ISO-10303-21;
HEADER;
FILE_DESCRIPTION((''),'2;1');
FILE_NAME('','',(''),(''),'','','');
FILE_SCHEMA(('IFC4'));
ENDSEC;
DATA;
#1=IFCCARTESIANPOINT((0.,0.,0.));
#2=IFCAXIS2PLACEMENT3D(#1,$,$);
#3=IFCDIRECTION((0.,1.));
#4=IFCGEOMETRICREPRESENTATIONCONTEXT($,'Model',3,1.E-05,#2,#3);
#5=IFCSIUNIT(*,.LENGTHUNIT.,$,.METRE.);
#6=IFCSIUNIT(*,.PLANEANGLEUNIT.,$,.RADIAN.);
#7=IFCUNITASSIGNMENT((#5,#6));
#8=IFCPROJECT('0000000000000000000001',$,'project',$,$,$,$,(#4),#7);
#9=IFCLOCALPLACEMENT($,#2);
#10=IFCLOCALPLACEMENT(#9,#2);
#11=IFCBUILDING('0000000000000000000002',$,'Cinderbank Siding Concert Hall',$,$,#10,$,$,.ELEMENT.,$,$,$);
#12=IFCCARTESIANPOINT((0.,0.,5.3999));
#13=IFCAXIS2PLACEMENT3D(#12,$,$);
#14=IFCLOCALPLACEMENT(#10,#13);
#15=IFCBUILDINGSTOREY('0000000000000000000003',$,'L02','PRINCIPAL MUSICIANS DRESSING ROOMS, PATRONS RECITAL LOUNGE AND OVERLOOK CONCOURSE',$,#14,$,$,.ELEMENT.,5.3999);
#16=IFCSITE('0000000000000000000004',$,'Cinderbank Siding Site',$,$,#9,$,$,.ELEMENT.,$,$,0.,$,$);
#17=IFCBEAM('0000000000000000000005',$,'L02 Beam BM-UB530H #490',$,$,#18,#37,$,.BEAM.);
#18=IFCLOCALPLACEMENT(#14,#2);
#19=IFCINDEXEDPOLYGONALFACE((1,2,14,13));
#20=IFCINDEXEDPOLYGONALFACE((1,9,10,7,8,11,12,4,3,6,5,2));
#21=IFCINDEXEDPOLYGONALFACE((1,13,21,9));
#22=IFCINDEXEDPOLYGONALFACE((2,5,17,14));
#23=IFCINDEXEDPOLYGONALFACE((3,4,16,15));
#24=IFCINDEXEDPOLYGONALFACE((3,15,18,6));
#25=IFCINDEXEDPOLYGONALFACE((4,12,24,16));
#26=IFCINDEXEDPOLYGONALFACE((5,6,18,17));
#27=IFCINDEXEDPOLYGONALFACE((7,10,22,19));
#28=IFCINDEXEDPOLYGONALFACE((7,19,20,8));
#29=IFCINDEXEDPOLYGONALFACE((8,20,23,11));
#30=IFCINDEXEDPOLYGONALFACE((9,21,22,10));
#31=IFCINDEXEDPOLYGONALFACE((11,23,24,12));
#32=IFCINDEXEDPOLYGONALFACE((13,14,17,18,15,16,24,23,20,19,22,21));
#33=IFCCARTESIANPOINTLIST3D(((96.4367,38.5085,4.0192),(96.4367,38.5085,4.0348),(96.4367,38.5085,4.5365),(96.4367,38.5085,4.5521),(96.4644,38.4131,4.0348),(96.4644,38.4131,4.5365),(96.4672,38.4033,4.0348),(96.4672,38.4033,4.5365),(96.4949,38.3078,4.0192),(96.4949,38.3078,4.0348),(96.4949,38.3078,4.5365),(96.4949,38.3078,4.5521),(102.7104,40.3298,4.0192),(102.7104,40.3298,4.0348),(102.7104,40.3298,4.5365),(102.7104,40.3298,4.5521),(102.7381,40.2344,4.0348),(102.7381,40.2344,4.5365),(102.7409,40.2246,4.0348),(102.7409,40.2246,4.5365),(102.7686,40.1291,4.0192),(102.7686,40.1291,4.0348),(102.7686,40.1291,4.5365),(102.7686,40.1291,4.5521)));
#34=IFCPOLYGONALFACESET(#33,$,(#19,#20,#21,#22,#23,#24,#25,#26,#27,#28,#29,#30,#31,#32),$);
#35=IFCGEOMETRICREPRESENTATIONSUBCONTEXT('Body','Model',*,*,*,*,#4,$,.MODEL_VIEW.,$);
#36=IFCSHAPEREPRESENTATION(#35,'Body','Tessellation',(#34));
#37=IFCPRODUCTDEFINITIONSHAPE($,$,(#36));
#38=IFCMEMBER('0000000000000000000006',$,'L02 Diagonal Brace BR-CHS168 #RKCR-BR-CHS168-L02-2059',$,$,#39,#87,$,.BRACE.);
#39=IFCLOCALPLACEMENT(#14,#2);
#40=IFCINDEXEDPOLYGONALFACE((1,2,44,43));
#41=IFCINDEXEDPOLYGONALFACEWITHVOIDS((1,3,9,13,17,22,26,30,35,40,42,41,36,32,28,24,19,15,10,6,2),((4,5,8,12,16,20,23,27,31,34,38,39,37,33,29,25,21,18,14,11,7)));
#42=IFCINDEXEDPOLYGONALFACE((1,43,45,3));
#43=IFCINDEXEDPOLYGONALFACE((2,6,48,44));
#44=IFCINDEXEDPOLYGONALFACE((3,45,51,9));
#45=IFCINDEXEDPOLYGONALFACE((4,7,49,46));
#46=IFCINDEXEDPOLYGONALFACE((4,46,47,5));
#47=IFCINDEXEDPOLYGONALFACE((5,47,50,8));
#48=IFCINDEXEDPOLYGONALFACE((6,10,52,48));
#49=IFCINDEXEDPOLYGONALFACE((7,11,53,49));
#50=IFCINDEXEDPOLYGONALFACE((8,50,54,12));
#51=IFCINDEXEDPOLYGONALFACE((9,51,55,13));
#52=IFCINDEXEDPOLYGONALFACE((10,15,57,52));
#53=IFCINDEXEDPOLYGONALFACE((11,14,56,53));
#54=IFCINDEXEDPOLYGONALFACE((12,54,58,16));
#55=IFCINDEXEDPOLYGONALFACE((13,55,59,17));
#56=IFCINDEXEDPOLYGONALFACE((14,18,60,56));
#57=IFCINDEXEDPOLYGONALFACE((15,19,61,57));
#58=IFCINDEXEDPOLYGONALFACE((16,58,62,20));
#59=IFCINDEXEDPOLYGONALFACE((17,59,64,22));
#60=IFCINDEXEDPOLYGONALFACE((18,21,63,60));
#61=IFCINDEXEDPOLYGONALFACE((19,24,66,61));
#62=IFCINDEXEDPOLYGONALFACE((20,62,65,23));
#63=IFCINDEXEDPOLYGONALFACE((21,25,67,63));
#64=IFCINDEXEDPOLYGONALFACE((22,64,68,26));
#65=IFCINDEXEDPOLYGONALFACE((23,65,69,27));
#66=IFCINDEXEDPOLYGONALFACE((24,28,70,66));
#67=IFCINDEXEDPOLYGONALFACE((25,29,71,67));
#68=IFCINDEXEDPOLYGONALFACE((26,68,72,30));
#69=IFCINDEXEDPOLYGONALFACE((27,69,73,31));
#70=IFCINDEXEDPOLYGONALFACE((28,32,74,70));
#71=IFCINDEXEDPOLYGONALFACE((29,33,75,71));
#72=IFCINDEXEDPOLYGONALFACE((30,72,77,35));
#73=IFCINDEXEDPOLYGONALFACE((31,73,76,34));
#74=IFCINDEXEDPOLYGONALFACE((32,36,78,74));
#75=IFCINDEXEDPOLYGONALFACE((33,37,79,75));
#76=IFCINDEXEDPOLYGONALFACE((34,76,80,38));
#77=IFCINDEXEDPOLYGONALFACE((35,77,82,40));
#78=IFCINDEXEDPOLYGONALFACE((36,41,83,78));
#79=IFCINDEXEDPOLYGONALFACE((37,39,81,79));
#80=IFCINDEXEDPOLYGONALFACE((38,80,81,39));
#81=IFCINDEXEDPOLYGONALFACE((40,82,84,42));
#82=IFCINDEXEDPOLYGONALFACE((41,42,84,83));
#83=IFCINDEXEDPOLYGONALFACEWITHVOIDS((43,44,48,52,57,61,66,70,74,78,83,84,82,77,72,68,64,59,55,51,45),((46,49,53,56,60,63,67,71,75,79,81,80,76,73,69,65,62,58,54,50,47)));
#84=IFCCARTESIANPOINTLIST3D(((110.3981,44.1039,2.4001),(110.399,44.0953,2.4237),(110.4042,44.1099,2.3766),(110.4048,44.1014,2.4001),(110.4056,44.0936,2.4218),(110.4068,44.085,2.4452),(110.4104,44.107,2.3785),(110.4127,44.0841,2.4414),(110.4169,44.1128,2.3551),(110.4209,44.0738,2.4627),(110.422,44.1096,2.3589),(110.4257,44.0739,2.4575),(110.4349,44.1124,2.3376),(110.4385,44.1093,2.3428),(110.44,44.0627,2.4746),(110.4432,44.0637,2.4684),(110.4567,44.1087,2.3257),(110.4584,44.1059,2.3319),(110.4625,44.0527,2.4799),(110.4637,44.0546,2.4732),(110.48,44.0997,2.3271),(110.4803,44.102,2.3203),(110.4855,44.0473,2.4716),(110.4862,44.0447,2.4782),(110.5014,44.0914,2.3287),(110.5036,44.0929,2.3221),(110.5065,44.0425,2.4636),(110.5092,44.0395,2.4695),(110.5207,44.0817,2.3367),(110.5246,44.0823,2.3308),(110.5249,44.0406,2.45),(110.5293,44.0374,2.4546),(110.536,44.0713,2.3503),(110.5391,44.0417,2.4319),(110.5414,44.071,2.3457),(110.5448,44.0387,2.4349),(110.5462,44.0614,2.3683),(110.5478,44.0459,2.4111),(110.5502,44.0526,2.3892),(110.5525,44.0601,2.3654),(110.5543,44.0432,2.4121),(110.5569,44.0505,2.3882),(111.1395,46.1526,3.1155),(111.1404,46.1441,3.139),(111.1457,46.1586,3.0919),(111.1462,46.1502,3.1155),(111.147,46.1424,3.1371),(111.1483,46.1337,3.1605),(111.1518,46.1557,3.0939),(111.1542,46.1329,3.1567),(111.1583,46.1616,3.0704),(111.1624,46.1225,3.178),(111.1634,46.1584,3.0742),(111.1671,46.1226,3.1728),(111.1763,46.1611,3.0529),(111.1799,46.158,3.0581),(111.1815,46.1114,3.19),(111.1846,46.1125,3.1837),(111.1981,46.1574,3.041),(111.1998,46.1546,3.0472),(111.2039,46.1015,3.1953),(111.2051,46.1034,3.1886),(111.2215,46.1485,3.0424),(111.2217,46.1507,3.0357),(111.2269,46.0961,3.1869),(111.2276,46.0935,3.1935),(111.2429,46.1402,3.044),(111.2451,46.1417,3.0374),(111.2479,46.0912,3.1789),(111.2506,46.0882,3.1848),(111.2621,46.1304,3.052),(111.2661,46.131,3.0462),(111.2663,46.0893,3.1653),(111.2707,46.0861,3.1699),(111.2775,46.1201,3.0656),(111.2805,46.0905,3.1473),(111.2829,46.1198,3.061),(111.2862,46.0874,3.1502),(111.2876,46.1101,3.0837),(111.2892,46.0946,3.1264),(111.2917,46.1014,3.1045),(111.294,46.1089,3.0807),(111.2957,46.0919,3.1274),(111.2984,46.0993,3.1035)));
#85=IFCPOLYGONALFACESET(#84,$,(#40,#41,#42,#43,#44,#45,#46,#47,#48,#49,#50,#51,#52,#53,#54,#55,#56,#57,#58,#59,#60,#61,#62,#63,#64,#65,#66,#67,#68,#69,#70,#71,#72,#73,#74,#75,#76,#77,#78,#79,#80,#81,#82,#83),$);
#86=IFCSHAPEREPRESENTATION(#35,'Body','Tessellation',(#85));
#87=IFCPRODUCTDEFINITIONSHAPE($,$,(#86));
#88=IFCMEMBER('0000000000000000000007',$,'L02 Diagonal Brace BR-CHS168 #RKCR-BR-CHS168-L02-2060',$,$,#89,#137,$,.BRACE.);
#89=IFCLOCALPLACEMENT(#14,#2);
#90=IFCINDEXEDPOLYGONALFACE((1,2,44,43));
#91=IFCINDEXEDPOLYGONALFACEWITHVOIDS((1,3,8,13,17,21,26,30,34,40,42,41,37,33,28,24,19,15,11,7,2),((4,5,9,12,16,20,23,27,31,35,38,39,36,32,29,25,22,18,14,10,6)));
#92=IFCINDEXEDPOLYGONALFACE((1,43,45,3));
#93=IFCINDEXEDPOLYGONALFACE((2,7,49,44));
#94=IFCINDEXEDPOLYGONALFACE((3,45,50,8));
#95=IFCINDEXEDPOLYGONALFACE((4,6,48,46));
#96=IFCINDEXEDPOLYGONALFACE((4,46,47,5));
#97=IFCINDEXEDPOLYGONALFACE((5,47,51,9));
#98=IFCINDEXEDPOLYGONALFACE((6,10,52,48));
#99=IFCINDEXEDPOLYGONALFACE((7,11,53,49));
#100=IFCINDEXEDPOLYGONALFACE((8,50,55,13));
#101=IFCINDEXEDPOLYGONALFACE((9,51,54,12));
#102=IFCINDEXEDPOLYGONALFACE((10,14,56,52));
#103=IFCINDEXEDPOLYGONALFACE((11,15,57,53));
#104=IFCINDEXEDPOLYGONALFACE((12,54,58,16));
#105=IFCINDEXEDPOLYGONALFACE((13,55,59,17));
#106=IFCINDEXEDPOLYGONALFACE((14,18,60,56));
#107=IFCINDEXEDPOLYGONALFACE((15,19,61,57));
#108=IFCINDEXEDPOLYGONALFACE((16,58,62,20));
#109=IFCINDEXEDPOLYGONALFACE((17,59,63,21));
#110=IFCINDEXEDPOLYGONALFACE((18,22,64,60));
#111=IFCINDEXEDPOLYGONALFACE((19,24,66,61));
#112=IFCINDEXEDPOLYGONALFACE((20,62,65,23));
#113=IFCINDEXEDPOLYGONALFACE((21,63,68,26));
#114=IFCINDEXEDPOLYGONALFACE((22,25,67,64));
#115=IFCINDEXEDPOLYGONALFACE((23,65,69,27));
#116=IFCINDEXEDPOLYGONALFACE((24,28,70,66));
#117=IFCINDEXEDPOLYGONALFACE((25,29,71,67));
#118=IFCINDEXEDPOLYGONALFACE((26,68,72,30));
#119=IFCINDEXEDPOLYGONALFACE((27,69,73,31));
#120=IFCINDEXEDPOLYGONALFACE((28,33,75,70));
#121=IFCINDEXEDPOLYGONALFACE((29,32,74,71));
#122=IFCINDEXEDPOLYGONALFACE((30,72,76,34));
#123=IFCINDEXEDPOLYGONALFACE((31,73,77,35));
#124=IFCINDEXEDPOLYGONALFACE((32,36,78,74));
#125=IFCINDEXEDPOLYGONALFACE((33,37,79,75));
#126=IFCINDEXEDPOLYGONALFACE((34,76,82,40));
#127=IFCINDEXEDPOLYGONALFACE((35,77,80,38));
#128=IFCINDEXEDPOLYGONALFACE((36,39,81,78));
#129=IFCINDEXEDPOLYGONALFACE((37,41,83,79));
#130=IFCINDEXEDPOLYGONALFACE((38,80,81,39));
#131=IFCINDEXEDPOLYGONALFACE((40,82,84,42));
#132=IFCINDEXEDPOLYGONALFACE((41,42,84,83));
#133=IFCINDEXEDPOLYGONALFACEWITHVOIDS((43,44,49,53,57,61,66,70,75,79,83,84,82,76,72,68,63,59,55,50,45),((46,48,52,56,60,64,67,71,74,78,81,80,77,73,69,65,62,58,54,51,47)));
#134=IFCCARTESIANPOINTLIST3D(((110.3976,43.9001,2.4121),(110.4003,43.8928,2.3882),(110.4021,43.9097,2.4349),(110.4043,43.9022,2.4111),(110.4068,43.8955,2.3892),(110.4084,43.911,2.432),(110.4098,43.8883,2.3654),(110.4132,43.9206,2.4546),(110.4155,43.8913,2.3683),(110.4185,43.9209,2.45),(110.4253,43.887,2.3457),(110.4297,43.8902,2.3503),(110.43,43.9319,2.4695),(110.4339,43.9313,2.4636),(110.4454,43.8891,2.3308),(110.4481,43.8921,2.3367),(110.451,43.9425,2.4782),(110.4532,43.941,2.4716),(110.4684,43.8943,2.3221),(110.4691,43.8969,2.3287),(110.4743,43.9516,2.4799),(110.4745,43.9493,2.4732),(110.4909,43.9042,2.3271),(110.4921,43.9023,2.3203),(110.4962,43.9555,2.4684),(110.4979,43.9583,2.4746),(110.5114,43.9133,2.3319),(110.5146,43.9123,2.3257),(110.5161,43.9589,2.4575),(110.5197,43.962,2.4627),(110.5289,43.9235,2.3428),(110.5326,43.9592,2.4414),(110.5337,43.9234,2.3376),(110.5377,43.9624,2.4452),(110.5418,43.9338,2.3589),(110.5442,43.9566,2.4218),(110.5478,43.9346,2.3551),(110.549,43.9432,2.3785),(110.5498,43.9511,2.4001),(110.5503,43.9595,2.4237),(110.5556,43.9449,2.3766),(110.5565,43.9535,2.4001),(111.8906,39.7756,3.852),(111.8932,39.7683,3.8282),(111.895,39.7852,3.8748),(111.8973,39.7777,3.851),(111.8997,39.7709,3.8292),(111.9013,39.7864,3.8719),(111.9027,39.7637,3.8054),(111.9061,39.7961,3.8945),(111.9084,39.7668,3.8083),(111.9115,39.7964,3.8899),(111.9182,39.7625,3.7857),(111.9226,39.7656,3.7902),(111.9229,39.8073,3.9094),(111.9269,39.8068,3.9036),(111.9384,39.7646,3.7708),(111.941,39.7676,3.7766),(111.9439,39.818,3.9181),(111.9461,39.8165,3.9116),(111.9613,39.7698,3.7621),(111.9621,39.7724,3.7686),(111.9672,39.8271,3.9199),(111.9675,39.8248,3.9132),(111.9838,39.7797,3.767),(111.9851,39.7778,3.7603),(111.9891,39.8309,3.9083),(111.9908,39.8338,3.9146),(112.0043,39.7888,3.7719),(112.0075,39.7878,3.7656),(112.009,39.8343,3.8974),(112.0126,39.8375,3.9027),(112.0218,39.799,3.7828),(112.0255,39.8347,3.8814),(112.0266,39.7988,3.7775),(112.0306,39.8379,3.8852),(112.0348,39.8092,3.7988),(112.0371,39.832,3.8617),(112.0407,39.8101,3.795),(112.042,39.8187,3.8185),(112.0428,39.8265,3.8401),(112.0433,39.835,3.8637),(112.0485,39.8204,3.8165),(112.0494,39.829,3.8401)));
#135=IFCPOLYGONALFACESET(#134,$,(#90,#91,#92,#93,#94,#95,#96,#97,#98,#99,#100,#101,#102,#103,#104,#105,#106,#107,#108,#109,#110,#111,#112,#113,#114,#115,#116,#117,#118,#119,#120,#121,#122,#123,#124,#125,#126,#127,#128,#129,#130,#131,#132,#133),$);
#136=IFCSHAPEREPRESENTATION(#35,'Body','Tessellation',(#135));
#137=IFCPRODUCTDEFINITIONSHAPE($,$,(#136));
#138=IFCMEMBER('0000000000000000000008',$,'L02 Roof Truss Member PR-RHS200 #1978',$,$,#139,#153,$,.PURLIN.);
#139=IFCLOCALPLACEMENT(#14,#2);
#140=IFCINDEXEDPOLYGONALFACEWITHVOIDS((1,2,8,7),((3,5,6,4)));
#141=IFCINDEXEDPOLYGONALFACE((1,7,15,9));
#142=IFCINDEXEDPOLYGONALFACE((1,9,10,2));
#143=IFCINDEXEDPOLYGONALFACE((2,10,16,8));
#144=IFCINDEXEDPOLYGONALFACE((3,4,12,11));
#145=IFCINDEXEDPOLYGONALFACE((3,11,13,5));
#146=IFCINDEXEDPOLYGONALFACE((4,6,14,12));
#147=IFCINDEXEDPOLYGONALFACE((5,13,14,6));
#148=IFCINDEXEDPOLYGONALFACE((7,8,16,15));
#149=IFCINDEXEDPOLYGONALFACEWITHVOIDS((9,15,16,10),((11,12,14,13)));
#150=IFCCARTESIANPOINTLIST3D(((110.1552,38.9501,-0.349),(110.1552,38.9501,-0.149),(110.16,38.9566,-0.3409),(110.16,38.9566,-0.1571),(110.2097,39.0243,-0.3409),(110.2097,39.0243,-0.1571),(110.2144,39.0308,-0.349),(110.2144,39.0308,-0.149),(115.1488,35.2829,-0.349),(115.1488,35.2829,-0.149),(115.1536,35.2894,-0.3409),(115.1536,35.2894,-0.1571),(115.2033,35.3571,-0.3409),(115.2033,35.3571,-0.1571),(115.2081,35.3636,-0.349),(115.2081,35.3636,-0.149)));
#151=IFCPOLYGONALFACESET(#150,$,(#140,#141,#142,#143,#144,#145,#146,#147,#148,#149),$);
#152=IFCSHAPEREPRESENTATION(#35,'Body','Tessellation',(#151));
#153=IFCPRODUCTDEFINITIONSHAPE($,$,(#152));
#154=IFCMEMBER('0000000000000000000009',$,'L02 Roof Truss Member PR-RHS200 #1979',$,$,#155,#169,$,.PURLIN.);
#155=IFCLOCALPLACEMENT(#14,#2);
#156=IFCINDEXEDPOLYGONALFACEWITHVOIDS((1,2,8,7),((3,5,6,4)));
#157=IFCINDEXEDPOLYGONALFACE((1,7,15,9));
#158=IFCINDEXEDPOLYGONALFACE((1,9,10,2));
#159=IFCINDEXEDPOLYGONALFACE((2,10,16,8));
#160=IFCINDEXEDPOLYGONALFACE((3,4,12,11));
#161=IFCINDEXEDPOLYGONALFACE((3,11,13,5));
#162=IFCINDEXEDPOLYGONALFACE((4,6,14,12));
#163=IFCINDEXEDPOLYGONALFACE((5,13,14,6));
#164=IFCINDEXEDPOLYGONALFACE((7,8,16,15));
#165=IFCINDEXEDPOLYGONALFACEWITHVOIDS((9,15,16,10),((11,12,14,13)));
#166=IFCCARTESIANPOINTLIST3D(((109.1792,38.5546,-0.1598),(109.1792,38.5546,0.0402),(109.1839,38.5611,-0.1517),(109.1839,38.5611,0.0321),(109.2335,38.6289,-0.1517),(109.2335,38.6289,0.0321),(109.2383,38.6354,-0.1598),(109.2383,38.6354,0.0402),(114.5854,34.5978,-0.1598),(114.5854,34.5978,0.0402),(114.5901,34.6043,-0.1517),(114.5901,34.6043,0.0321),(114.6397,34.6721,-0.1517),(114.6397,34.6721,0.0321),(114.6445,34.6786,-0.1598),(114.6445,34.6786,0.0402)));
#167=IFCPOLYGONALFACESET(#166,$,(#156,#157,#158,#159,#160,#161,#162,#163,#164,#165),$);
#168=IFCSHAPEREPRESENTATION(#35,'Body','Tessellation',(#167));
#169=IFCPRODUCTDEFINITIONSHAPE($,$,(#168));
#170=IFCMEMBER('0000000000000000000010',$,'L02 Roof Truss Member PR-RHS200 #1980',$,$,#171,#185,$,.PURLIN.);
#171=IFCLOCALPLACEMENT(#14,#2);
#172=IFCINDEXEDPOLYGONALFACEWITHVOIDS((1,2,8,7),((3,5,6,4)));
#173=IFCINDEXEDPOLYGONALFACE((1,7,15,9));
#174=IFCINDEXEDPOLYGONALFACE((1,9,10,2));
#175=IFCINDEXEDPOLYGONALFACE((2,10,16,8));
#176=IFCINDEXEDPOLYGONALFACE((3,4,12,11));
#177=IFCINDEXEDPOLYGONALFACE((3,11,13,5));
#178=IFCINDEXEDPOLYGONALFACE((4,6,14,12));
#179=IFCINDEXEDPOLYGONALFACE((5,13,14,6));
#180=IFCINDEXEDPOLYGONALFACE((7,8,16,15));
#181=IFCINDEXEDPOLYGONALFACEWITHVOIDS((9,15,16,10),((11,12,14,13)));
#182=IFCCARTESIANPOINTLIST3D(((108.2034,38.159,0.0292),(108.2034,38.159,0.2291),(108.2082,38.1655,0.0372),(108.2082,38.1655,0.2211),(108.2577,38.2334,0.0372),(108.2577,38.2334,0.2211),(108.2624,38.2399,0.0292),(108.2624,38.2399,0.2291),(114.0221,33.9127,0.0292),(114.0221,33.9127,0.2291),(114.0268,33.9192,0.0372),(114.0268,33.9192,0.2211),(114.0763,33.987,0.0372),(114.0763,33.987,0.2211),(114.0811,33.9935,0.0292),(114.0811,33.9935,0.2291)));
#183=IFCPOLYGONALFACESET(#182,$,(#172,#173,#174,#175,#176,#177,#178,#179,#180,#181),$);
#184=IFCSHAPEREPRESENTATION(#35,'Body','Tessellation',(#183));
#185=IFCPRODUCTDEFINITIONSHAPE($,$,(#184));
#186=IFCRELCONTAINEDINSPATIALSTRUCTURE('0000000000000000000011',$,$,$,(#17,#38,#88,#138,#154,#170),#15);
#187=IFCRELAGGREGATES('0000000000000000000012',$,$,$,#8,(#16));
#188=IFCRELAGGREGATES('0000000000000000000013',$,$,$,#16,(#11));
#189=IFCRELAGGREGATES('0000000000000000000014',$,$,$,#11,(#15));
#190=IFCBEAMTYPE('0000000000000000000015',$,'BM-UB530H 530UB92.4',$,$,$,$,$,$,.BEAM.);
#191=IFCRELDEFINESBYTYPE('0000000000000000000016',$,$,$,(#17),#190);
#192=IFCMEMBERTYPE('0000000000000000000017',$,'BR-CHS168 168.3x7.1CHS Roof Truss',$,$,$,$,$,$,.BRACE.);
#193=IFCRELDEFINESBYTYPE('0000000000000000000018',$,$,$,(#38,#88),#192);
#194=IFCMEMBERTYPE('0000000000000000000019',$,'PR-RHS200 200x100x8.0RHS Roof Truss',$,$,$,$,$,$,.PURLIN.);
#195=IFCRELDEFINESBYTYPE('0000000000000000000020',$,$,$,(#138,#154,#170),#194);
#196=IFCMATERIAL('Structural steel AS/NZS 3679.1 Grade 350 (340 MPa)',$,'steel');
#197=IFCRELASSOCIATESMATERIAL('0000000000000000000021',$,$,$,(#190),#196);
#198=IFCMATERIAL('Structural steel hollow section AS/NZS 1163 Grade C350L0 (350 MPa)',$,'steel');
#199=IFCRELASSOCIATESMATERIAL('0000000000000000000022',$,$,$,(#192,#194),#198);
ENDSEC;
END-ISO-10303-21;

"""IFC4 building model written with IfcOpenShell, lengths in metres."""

from ifc_helpers import new_model, si_unit, direction, frame, origin, origin_2d, place, context, subcontext, project, spatial, hollow_rectangle, hollow_circle, i_section, extrude, material, material_profile, profile_set, type_object, element, save


model = new_model("IFC4")

# Units and contexts
model_context = context("Model", 3, precision=1e-05, world=origin(), true_north=direction((0.0, 1.0)))
body_context = subcontext(model_context, "Body", "Model", "MODEL_VIEW")
ifc_project = project(units=[si_unit("LENGTHUNIT", "METRE"), si_unit("PLANEANGLEUNIT", "RADIAN")], contexts=[model_context])

# Site, building, storey
site_placement = place(None, origin())
site = spatial("IfcSite", under=ifc_project, at=site_placement, Name="Cinderbank Siding Site", CompositionType="ELEMENT", RefElevation=0.0)
building_placement = place(site_placement, origin())
building = spatial("IfcBuilding", under=site, at=building_placement, Name="Cinderbank Siding Concert Hall", CompositionType="ELEMENT")
storey_placement = place(building_placement, frame((0.0, 0.0, 5.3999)))
storey = spatial("IfcBuildingStorey", under=building, at=storey_placement, Name="L02", Description="PRINCIPAL MUSICIANS DRESSING ROOMS, PATRONS RECITAL LOUNGE AND OVERLOOK CONCOURSE", CompositionType="ELEMENT", Elevation=5.3999)

# Shared definitions
ifc_material_1 = material(Name="Structural steel hollow section AS/NZS 1163 Grade C350L0 (350 MPa)", Category="steel")

# Beam
ifc_material_2 = material(Name="Structural steel AS/NZS 3679.1 Grade 350 (340 MPa)", Category="steel")
ifc_material_profile_1 = material_profile(ifc_material_2, i_section(OverallWidth=0.209, OverallDepth=0.533, WebThickness=0.0103, FlangeThickness=0.0156, at=origin_2d()), Name="530UB92.4", Category="LoadBearing")
ifc_profile_set_1 = profile_set([ifc_material_profile_1], Name="Structural steel AS/NZS 3679.1 Grade 350 (340 MPa)")
beam_type_1 = type_object("IfcBeamType", Name="BM-UB530H 530UB92.4", PredefinedType="BEAM", material=ifc_profile_set_1)
beam_1_placement = place(storey_placement, frame((102.7395, 40.2295, 4.2856), z_axis=(-0.96035, -0.278796, 0.0), x_axis=(0.278796, -0.96035, 0.0)))
element("IfcBeam", 1, at=beam_1_placement, inside=storey, type_object=beam_type_1, Name="L02 Beam BM-UB530H #490", PredefinedType="BEAM", context=body_context, shape_type="SweptSolid", body=[
    extrude(i_section(OverallWidth=0.209, OverallDepth=0.533, WebThickness=0.0103, FlangeThickness=0.0156, at=origin_2d()), origin(), (0.0, 0.0, 1.0), 6.5327),
])

# Members
ifc_material_profile_2 = material_profile(ifc_material_1, hollow_circle(Radius=0.0842, WallThickness=0.0071, at=origin_2d()), Name="168.3x7.1CHS", Category="LoadBearing")
ifc_profile_set_2 = profile_set([ifc_material_profile_2], Name="Structural steel hollow section AS/NZS 1163 Grade C350L0 (350 MPa)")
member_type_1 = type_object("IfcMemberType", Name="BR-CHS168 168.3x7.1CHS Roof Truss", PredefinedType="BRACE", material=ifc_profile_set_2)
member_1_placement = place(storey_placement, frame((110.4773, 44.0752, 2.4001), z_axis=(0.323316, 0.893404, 0.311925), x_axis=(-0.940319, 0.340294, 0.0)))
element("IfcMember", 2, at=member_1_placement, inside=storey, type_object=member_type_1, Name="L02 Diagonal Brace BR-CHS168 #RKCR-BR-CHS168-L02-2059", PredefinedType="BRACE", context=body_context, shape_type="SweptSolid", body=[
    extrude(hollow_circle(Radius=0.0842, WallThickness=0.0071, at=origin_2d()), origin(), (0.0, 0.0, 1.0), 2.2932),
])
member_2_placement = place(storey_placement, frame((110.4773, 43.9248, 2.4001), z_axis=(0.323374, -0.893391, 0.311899), x_axis=(0.940298, 0.340353, 0.0)))
element("IfcMember", 3, at=member_2_placement, inside=storey, type_object=member_type_1, Name="L02 Diagonal Brace BR-CHS168 #RKCR-BR-CHS168-L02-2060", PredefinedType="BRACE", context=body_context, shape_type="SweptSolid", body=[
    extrude(hollow_circle(Radius=0.0842, WallThickness=0.0071, at=origin_2d()), origin(), (0.0, 0.0, 1.0), 4.6167),
])
ifc_material_profile_3 = material_profile(ifc_material_1, hollow_rectangle(XDim=0.1001, YDim=0.2, WallThickness=0.0081, at=origin_2d()), Name="200x100x8.0RHS", Category="LoadBearing")
ifc_profile_set_3 = profile_set([ifc_material_profile_3], Name="Structural steel hollow section AS/NZS 1163 Grade C350L0 (350 MPa)")
member_type_2 = type_object("IfcMemberType", Name="PR-RHS200 200x100x8.0RHS Roof Truss", PredefinedType="PURLIN", material=ifc_profile_set_3)
member_3_placement = place(storey_placement, frame((110.1848, 38.9905, -0.249), z_axis=(0.806003, -0.591912, 0.0), x_axis=(0.591912, 0.806003, 0.0)))
element("IfcMember", 4, at=member_3_placement, inside=storey, type_object=member_type_2, Name="L02 Roof Truss Member PR-RHS200 #1978", PredefinedType="PURLIN", context=body_context, shape_type="SweptSolid", body=[
    extrude(hollow_rectangle(XDim=0.1001, YDim=0.2, WallThickness=0.0081, at=origin_2d()), origin(), (0.0, 0.0, 1.0), 6.1956),
])
member_4_placement = place(storey_placement, frame((109.2087, 38.595, -0.0598), z_axis=(0.80696, -0.590607, 0.0), x_axis=(0.590607, 0.80696, 0.0)))
element("IfcMember", 5, at=member_4_placement, inside=storey, type_object=member_type_2, Name="L02 Roof Truss Member PR-RHS200 #1979", PredefinedType="PURLIN", context=body_context, shape_type="SweptSolid", body=[
    extrude(hollow_rectangle(XDim=0.1001, YDim=0.2, WallThickness=0.0081, at=origin_2d()), origin(), (0.0, 0.0, 1.0), 6.6995),
])
member_5_placement = place(storey_placement, frame((108.2329, 38.1995, 0.1292), z_axis=(0.807769, -0.589499, 0.0), x_axis=(0.589499, 0.807769, 0.0)))
element("IfcMember", 6, at=member_5_placement, inside=storey, type_object=member_type_2, Name="L02 Roof Truss Member PR-RHS200 #1980", PredefinedType="PURLIN", context=body_context, shape_type="SweptSolid", body=[
    extrude(hollow_rectangle(XDim=0.1001, YDim=0.2, WallThickness=0.0081, at=origin_2d()), origin(), (0.0, 0.0, 1.0), 7.2034),
])

save(model, "model.ifc")
